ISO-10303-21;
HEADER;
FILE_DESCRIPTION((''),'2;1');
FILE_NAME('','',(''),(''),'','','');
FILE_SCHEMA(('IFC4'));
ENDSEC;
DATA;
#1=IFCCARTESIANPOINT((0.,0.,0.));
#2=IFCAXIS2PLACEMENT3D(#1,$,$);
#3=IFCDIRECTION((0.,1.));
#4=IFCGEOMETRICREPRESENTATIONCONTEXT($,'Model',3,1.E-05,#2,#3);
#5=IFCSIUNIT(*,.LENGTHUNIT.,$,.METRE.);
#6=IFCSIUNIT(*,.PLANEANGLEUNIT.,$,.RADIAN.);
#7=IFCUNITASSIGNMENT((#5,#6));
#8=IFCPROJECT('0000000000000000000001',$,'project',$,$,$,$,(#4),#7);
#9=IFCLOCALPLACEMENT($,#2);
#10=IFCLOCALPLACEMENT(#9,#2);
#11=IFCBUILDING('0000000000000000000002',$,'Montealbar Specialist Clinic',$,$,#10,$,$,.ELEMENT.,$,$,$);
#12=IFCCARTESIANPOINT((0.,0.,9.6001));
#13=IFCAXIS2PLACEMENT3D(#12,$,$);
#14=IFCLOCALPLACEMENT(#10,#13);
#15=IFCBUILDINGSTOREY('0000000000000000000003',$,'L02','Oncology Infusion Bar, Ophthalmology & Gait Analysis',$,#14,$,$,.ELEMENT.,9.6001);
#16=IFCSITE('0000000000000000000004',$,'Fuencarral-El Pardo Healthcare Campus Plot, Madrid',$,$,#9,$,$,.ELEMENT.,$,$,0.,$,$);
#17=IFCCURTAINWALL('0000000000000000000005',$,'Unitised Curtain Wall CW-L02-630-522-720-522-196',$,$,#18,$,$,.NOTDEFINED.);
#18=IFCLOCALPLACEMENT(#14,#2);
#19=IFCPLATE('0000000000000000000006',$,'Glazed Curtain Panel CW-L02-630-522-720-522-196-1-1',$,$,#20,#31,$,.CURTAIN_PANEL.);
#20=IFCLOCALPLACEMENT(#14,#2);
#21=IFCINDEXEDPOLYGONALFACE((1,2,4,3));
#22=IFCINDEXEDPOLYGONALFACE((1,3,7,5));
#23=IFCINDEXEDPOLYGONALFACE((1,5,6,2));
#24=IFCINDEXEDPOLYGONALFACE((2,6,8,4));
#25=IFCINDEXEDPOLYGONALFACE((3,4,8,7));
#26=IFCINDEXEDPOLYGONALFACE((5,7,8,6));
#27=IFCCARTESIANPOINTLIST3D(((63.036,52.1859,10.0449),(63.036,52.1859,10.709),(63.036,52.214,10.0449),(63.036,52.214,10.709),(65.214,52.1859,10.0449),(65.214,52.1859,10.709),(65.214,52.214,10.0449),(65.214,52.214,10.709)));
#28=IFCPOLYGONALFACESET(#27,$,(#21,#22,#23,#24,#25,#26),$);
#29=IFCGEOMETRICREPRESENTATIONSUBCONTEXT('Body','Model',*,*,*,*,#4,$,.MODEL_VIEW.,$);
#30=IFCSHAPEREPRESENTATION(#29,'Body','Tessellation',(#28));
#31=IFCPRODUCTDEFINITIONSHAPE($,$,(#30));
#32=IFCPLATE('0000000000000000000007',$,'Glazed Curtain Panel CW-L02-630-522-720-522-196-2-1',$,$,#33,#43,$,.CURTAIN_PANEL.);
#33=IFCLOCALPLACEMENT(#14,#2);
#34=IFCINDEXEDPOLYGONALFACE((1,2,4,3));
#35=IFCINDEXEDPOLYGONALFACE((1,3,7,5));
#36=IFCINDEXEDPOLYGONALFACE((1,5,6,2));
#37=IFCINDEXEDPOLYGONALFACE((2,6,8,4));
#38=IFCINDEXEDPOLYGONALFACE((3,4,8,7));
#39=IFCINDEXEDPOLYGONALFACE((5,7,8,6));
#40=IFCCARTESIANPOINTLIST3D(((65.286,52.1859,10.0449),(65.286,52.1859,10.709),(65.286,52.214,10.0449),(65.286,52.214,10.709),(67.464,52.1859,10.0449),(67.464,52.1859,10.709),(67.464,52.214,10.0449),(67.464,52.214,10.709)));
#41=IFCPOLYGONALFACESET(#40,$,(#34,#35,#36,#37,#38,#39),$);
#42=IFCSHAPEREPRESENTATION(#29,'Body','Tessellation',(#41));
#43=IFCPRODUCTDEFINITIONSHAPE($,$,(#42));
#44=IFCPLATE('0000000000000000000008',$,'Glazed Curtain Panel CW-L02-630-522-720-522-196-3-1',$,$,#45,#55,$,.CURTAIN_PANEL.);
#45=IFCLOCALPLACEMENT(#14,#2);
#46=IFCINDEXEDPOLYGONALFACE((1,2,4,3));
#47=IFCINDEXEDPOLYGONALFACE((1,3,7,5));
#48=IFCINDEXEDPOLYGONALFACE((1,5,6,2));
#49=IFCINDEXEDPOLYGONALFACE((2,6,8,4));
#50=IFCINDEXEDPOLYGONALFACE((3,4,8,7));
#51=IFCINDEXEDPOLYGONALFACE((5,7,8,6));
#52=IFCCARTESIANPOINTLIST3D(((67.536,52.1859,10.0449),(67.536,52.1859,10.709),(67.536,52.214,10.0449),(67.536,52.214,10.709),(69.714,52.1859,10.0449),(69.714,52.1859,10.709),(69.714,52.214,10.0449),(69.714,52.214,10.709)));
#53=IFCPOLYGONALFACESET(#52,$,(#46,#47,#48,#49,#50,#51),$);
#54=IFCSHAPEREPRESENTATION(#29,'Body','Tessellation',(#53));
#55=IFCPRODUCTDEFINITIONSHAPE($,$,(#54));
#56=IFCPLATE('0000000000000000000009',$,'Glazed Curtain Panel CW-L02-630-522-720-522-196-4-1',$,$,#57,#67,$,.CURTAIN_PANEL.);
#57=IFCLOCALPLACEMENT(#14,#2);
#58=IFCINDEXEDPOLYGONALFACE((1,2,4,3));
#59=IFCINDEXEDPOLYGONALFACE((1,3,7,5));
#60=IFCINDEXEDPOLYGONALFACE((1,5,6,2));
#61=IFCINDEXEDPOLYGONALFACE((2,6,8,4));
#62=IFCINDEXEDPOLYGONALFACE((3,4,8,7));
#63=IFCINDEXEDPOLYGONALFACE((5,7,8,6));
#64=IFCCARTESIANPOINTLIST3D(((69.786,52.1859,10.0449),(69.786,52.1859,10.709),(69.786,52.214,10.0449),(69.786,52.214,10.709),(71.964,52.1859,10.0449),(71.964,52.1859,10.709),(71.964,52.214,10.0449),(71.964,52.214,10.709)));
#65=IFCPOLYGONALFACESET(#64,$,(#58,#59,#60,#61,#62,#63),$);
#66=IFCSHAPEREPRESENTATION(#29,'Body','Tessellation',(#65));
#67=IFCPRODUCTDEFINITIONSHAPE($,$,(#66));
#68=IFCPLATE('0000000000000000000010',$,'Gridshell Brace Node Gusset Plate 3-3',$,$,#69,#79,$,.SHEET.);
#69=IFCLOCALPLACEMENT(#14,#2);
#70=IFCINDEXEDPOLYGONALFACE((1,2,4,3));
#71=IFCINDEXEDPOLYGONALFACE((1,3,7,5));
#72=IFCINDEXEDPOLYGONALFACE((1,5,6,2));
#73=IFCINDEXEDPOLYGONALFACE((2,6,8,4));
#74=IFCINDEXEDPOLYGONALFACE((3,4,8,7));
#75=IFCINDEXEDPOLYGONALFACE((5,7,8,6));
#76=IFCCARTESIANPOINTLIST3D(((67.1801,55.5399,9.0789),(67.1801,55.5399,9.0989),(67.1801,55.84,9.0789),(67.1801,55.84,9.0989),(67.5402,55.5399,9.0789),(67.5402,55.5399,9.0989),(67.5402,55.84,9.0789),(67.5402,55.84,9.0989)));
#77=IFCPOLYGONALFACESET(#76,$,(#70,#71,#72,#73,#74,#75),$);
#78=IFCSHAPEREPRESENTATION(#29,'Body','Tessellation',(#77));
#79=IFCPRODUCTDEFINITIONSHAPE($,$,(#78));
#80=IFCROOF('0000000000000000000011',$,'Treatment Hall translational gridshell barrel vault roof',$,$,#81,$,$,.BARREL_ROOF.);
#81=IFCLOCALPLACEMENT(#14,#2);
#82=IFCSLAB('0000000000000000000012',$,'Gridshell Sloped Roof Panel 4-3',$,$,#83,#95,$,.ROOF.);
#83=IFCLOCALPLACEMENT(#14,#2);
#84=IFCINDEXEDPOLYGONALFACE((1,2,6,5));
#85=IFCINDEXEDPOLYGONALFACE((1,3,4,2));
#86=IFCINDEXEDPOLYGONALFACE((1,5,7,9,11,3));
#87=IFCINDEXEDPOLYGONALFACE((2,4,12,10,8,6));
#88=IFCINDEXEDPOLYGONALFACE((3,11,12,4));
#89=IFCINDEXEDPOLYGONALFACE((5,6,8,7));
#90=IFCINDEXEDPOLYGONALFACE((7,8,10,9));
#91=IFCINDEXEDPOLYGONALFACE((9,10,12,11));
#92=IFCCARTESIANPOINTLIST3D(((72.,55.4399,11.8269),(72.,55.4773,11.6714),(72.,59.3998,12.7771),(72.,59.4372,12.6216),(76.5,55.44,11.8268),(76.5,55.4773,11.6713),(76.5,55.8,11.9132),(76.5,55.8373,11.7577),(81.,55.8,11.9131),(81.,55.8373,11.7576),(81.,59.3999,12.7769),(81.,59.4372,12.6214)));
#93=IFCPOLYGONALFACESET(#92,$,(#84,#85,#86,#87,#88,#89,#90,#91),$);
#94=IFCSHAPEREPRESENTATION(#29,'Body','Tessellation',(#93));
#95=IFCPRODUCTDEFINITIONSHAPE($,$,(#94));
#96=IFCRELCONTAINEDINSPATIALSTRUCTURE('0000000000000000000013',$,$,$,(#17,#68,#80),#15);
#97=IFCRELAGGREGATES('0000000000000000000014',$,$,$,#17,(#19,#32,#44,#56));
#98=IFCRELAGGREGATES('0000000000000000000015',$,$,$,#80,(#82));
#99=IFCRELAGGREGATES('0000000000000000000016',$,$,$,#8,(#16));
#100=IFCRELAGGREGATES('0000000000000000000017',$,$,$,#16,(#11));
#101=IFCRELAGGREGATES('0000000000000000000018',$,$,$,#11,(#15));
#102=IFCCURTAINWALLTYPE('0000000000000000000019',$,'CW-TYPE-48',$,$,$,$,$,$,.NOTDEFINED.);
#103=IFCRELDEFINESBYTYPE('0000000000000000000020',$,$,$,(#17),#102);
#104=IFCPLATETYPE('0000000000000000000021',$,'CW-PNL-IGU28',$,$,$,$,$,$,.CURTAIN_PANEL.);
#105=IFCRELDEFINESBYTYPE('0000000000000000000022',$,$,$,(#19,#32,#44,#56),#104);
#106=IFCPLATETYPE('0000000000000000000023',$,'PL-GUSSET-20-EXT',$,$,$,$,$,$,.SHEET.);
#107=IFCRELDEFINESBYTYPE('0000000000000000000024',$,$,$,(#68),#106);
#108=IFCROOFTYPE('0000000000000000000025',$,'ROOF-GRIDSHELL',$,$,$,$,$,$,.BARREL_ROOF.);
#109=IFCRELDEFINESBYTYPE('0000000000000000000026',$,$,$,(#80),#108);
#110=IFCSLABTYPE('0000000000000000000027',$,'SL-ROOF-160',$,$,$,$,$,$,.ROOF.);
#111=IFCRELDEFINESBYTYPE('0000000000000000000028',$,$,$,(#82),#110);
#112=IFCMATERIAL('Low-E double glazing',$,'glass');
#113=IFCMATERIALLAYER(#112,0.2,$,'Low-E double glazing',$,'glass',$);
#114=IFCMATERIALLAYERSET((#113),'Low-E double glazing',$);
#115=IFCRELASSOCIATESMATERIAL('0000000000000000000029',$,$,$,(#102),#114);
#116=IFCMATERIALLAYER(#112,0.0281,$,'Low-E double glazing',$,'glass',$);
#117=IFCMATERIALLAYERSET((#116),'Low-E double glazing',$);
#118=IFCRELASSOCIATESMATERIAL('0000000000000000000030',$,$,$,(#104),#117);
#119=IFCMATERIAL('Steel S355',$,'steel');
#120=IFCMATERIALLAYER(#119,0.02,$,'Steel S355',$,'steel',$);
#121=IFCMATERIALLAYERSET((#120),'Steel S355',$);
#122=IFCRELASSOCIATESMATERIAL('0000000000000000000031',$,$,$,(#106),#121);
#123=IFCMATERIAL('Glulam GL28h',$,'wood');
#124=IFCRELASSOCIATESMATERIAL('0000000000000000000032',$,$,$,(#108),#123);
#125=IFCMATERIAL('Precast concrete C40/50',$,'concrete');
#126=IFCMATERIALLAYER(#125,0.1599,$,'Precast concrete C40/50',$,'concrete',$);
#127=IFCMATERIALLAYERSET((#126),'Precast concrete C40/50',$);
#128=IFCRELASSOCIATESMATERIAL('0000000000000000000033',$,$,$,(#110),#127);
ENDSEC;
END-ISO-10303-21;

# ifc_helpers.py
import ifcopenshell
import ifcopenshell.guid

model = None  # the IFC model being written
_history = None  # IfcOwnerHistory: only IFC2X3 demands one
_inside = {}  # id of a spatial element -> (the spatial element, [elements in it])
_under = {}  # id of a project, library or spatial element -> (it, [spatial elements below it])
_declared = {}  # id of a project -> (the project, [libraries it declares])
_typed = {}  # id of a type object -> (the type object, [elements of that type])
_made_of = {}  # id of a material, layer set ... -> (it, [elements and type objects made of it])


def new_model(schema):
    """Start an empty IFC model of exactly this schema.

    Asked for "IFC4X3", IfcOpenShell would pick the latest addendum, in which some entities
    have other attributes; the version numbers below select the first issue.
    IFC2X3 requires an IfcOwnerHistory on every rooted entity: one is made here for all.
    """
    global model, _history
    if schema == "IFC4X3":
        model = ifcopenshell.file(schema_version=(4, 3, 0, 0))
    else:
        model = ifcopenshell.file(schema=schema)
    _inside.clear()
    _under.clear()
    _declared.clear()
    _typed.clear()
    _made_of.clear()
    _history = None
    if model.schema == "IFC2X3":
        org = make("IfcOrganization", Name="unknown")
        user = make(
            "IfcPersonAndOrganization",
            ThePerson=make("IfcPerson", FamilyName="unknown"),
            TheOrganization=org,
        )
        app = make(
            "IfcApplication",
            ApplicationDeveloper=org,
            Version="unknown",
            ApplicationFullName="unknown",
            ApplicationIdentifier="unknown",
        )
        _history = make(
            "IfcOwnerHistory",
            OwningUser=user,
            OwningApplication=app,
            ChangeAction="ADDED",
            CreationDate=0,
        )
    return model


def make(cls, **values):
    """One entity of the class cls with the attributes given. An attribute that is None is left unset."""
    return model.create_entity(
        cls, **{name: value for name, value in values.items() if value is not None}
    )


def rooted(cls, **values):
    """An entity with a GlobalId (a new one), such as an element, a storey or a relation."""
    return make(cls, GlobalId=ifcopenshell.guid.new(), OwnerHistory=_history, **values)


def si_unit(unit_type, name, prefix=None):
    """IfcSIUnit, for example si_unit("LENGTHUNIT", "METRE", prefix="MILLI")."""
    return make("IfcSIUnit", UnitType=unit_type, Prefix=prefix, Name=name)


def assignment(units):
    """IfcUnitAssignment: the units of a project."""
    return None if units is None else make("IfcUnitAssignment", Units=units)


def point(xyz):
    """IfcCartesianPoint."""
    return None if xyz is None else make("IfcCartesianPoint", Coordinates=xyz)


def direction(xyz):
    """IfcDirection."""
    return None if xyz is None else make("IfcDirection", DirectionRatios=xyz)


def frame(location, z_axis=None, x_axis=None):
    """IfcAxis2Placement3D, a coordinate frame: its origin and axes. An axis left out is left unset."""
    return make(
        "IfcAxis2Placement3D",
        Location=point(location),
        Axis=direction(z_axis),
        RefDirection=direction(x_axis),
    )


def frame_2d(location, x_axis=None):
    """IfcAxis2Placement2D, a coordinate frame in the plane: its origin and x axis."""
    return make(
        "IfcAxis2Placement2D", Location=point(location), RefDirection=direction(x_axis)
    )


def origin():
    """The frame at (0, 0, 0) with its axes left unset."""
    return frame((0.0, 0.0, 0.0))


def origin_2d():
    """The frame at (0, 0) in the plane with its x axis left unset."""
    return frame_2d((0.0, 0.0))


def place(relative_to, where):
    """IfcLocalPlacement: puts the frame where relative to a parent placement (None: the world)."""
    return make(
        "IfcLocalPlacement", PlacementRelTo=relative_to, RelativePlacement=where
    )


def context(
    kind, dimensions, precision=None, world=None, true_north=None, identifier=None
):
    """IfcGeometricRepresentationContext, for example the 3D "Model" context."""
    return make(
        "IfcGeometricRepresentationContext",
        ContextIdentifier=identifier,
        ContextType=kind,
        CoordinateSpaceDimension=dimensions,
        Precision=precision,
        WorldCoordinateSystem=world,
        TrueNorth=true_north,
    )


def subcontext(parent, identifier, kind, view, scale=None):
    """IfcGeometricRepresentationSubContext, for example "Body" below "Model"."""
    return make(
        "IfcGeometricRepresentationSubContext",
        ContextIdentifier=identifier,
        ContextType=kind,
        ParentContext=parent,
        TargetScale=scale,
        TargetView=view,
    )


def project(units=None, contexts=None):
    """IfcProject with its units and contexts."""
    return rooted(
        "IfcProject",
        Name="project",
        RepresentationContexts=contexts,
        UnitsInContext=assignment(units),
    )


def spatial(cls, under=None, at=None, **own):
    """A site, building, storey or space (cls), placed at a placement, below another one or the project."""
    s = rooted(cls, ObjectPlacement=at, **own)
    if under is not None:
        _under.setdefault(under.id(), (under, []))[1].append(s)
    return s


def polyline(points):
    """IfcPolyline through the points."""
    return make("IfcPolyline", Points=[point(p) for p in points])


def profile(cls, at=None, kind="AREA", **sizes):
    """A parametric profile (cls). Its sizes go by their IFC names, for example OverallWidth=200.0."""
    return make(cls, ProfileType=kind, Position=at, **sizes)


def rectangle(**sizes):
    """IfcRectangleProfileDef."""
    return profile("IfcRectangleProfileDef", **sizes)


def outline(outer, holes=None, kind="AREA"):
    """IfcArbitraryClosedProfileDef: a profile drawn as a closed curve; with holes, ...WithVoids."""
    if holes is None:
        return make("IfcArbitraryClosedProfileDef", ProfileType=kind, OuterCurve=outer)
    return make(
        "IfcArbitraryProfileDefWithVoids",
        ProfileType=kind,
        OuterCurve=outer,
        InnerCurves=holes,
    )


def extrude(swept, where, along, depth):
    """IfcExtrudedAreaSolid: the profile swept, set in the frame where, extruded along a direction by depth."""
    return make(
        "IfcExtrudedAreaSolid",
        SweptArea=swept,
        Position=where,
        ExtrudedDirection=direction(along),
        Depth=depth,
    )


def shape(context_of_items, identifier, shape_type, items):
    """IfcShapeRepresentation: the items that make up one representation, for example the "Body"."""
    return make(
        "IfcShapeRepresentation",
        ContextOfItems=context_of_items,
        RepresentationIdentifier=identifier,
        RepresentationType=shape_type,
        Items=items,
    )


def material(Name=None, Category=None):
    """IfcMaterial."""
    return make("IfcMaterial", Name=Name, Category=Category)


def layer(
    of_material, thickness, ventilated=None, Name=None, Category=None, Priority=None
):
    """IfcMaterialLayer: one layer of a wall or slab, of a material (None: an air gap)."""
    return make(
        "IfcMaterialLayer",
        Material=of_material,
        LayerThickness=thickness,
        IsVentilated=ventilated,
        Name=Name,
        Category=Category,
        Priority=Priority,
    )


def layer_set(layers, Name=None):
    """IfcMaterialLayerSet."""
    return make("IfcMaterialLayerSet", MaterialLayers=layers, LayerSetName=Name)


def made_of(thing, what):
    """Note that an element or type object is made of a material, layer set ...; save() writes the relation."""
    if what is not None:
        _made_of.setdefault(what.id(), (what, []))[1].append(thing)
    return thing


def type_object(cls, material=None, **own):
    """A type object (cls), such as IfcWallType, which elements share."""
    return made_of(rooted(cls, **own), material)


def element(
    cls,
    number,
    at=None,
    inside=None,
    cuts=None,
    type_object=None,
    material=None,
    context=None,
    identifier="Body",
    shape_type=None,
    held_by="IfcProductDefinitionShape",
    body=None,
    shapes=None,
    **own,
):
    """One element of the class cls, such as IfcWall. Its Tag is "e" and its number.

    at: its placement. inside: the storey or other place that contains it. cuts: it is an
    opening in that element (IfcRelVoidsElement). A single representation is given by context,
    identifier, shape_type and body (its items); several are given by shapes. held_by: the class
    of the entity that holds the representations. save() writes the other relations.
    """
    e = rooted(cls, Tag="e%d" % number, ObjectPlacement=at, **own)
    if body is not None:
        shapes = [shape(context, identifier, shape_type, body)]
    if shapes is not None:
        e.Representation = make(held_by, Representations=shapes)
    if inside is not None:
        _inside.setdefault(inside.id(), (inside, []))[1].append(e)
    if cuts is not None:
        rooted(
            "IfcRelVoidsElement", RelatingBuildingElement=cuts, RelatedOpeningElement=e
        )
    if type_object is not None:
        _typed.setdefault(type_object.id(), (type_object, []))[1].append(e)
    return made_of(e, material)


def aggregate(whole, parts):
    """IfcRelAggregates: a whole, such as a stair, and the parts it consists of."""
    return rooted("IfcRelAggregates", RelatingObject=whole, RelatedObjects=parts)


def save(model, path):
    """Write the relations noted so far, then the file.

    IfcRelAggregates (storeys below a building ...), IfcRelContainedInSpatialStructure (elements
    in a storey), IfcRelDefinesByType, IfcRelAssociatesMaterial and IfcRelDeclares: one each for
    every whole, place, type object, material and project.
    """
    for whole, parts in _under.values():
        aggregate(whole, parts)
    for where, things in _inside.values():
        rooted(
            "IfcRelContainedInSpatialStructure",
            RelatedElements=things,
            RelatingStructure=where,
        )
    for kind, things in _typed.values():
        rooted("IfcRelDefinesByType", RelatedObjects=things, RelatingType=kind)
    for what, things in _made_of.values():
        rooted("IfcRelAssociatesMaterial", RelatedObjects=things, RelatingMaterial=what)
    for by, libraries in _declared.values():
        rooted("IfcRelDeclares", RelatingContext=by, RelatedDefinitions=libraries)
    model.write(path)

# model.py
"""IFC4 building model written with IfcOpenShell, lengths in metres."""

from ifc_helpers import new_model, si_unit, direction, frame, origin, origin_2d, place, context, subcontext, project, spatial, polyline, rectangle, outline, extrude, material, layer, layer_set, type_object, element, aggregate, save


model = new_model("IFC4")

# Units and contexts
model_context = context("Model", 3, precision=1e-05, world=origin(), true_north=direction((0.0, 1.0)))
body_context = subcontext(model_context, "Body", "Model", "MODEL_VIEW")
ifc_project = project(units=[si_unit("LENGTHUNIT", "METRE"), si_unit("PLANEANGLEUNIT", "RADIAN")], contexts=[model_context])

# Site, building, storey
site_placement = place(None, origin())
site = spatial("IfcSite", under=ifc_project, at=site_placement, Name="Fuencarral-El Pardo Healthcare Campus Plot, Madrid", CompositionType="ELEMENT", RefElevation=0.0)
building_placement = place(site_placement, origin())
building = spatial("IfcBuilding", under=site, at=building_placement, Name="Montealbar Specialist Clinic", CompositionType="ELEMENT")
storey_placement = place(building_placement, frame((0.0, 0.0, 9.6001)))
storey = spatial("IfcBuildingStorey", under=building, at=storey_placement, Name="L02", Description="Oncology Infusion Bar, Ophthalmology & Gait Analysis", CompositionType="ELEMENT", Elevation=9.6001)

# Shared definitions
ifc_material_1 = material(Name="Steel S355", Category="steel")
ifc_material_2 = material(Name="Glulam GL28h", Category="wood")

# Curtain wall
ifc_material_3 = material(Name="Low-E double glazing", Category="glass")
ifc_layer_1 = layer(ifc_material_3, 0.2, Name="Low-E double glazing", Category="glass")
ifc_layer_set_1 = layer_set([ifc_layer_1], Name="Low-E double glazing")
curtain_wall_type = type_object("IfcCurtainWallType", Name="CW-TYPE-48", PredefinedType="NOTDEFINED", material=ifc_layer_set_1)
curtain_wall_placement = place(storey_placement, origin())
curtain_wall = element("IfcCurtainWall", 1, at=curtain_wall_placement, inside=storey, type_object=curtain_wall_type, Name="Unitised Curtain Wall CW-L02-630-522-720-522-196", PredefinedType="NOTDEFINED")

# Plates
ifc_layer_2 = layer(ifc_material_3, 0.0281, Name="Low-E double glazing", Category="glass")
ifc_layer_set_2 = layer_set([ifc_layer_2], Name="Low-E double glazing")
plate_type_1 = type_object("IfcPlateType", Name="CW-PNL-IGU28", PredefinedType="CURTAIN_PANEL", material=ifc_layer_set_2)
plate_1_placement = place(storey_placement, frame((64.125, 52.2, 10.0449), z_axis=(0.0, 0.0, 1.0), x_axis=(1.0, 0.0, 0.0)))
plate_1 = element("IfcPlate", 2, at=plate_1_placement, type_object=plate_type_1, Name="Glazed Curtain Panel CW-L02-630-522-720-522-196-1-1", PredefinedType="CURTAIN_PANEL", context=body_context, shape_type="SweptSolid", body=[
    extrude(rectangle(XDim=2.178, YDim=0.0281, at=origin_2d()), origin(), (0.0, 0.0, 1.0), 0.6641),
])
plate_2_placement = place(storey_placement, frame((66.375, 52.2, 10.0449), z_axis=(0.0, 0.0, 1.0), x_axis=(1.0, 0.0, 0.0)))
plate_2 = element("IfcPlate", 3, at=plate_2_placement, type_object=plate_type_1, Name="Glazed Curtain Panel CW-L02-630-522-720-522-196-2-1", PredefinedType="CURTAIN_PANEL", context=body_context, shape_type="SweptSolid", body=[
    extrude(rectangle(XDim=2.178, YDim=0.0281, at=origin_2d()), origin(), (0.0, 0.0, 1.0), 0.6641),
])
plate_3_placement = place(storey_placement, frame((68.625, 52.2, 10.0449), z_axis=(0.0, 0.0, 1.0), x_axis=(1.0, 0.0, 0.0)))
plate_3 = element("IfcPlate", 4, at=plate_3_placement, type_object=plate_type_1, Name="Glazed Curtain Panel CW-L02-630-522-720-522-196-3-1", PredefinedType="CURTAIN_PANEL", context=body_context, shape_type="SweptSolid", body=[
    extrude(rectangle(XDim=2.178, YDim=0.0281, at=origin_2d()), origin(), (0.0, 0.0, 1.0), 0.6641),
])
plate_4_placement = place(storey_placement, frame((70.875, 52.2, 10.0449), z_axis=(0.0, 0.0, 1.0), x_axis=(1.0, 0.0, 0.0)))
plate_4 = element("IfcPlate", 5, at=plate_4_placement, type_object=plate_type_1, Name="Glazed Curtain Panel CW-L02-630-522-720-522-196-4-1", PredefinedType="CURTAIN_PANEL", context=body_context, shape_type="SweptSolid", body=[
    extrude(rectangle(XDim=2.178, YDim=0.0281, at=origin_2d()), origin(), (0.0, 0.0, 1.0), 0.6641),
])
aggregate(curtain_wall, [plate_1, plate_2, plate_3, plate_4])
ifc_layer_3 = layer(ifc_material_1, 0.02, Name="Steel S355", Category="steel")
ifc_layer_set_3 = layer_set([ifc_layer_3], Name="Steel S355")
plate_type_2 = type_object("IfcPlateType", Name="PL-GUSSET-20-EXT", PredefinedType="SHEET", material=ifc_layer_set_3)
plate_5_placement = place(storey_placement, frame((67.3601, 55.6899, 9.0789), z_axis=(0.0, 0.0, 1.0), x_axis=(1.0, 0.0, 0.0)))
element("IfcPlate", 6, at=plate_5_placement, inside=storey, type_object=plate_type_2, Name="Gridshell Brace Node Gusset Plate 3-3", PredefinedType="SHEET", context=body_context, shape_type="SweptSolid", body=[
    extrude(rectangle(XDim=0.3601, YDim=0.3, at=origin_2d()), origin(), (0.0, 0.0, 1.0), 0.02),
])

# Roof, slab
roof_type = type_object("IfcRoofType", Name="ROOF-GRIDSHELL", PredefinedType="BARREL_ROOF", material=ifc_material_2)
roof_placement = place(storey_placement, origin())
roof = element("IfcRoof", 7, at=roof_placement, inside=storey, type_object=roof_type, Name="Treatment Hall translational gridshell barrel vault roof", PredefinedType="BARREL_ROOF")
ifc_material_4 = material(Name="Precast concrete C40/50", Category="concrete")
ifc_layer_4 = layer(ifc_material_4, 0.1599, Name="Precast concrete C40/50", Category="concrete")
ifc_layer_set_4 = layer_set([ifc_layer_4], Name="Precast concrete C40/50")
slab_type = type_object("IfcSlabType", Name="SL-ROOF-160", PredefinedType="ROOF", material=ifc_layer_set_4)
slab_placement = place(storey_placement, frame((72.0, 55.4399, 11.8269), z_axis=(0.000025, -0.233325, 0.972399), x_axis=(1.0, 0.000006, -0.000025)))
slab = element("IfcSlab", 8, at=slab_placement, type_object=slab_type, Name="Gridshell Sloped Roof Panel 4-3", PredefinedType="ROOF", context=body_context, shape_type="SweptSolid", body=[
    extrude(outline(polyline([(0.0, 0.0), (4.5, 0.0), (4.5, 0.3702), (9.0, 0.3702), (9.0, 4.0723), (0.0, 4.0723), (0.0, 0.0)])), origin(), (0.0, 0.0, -1.0), 0.1599),
])
aggregate(roof, [slab])

save(model, "model.ifc")
